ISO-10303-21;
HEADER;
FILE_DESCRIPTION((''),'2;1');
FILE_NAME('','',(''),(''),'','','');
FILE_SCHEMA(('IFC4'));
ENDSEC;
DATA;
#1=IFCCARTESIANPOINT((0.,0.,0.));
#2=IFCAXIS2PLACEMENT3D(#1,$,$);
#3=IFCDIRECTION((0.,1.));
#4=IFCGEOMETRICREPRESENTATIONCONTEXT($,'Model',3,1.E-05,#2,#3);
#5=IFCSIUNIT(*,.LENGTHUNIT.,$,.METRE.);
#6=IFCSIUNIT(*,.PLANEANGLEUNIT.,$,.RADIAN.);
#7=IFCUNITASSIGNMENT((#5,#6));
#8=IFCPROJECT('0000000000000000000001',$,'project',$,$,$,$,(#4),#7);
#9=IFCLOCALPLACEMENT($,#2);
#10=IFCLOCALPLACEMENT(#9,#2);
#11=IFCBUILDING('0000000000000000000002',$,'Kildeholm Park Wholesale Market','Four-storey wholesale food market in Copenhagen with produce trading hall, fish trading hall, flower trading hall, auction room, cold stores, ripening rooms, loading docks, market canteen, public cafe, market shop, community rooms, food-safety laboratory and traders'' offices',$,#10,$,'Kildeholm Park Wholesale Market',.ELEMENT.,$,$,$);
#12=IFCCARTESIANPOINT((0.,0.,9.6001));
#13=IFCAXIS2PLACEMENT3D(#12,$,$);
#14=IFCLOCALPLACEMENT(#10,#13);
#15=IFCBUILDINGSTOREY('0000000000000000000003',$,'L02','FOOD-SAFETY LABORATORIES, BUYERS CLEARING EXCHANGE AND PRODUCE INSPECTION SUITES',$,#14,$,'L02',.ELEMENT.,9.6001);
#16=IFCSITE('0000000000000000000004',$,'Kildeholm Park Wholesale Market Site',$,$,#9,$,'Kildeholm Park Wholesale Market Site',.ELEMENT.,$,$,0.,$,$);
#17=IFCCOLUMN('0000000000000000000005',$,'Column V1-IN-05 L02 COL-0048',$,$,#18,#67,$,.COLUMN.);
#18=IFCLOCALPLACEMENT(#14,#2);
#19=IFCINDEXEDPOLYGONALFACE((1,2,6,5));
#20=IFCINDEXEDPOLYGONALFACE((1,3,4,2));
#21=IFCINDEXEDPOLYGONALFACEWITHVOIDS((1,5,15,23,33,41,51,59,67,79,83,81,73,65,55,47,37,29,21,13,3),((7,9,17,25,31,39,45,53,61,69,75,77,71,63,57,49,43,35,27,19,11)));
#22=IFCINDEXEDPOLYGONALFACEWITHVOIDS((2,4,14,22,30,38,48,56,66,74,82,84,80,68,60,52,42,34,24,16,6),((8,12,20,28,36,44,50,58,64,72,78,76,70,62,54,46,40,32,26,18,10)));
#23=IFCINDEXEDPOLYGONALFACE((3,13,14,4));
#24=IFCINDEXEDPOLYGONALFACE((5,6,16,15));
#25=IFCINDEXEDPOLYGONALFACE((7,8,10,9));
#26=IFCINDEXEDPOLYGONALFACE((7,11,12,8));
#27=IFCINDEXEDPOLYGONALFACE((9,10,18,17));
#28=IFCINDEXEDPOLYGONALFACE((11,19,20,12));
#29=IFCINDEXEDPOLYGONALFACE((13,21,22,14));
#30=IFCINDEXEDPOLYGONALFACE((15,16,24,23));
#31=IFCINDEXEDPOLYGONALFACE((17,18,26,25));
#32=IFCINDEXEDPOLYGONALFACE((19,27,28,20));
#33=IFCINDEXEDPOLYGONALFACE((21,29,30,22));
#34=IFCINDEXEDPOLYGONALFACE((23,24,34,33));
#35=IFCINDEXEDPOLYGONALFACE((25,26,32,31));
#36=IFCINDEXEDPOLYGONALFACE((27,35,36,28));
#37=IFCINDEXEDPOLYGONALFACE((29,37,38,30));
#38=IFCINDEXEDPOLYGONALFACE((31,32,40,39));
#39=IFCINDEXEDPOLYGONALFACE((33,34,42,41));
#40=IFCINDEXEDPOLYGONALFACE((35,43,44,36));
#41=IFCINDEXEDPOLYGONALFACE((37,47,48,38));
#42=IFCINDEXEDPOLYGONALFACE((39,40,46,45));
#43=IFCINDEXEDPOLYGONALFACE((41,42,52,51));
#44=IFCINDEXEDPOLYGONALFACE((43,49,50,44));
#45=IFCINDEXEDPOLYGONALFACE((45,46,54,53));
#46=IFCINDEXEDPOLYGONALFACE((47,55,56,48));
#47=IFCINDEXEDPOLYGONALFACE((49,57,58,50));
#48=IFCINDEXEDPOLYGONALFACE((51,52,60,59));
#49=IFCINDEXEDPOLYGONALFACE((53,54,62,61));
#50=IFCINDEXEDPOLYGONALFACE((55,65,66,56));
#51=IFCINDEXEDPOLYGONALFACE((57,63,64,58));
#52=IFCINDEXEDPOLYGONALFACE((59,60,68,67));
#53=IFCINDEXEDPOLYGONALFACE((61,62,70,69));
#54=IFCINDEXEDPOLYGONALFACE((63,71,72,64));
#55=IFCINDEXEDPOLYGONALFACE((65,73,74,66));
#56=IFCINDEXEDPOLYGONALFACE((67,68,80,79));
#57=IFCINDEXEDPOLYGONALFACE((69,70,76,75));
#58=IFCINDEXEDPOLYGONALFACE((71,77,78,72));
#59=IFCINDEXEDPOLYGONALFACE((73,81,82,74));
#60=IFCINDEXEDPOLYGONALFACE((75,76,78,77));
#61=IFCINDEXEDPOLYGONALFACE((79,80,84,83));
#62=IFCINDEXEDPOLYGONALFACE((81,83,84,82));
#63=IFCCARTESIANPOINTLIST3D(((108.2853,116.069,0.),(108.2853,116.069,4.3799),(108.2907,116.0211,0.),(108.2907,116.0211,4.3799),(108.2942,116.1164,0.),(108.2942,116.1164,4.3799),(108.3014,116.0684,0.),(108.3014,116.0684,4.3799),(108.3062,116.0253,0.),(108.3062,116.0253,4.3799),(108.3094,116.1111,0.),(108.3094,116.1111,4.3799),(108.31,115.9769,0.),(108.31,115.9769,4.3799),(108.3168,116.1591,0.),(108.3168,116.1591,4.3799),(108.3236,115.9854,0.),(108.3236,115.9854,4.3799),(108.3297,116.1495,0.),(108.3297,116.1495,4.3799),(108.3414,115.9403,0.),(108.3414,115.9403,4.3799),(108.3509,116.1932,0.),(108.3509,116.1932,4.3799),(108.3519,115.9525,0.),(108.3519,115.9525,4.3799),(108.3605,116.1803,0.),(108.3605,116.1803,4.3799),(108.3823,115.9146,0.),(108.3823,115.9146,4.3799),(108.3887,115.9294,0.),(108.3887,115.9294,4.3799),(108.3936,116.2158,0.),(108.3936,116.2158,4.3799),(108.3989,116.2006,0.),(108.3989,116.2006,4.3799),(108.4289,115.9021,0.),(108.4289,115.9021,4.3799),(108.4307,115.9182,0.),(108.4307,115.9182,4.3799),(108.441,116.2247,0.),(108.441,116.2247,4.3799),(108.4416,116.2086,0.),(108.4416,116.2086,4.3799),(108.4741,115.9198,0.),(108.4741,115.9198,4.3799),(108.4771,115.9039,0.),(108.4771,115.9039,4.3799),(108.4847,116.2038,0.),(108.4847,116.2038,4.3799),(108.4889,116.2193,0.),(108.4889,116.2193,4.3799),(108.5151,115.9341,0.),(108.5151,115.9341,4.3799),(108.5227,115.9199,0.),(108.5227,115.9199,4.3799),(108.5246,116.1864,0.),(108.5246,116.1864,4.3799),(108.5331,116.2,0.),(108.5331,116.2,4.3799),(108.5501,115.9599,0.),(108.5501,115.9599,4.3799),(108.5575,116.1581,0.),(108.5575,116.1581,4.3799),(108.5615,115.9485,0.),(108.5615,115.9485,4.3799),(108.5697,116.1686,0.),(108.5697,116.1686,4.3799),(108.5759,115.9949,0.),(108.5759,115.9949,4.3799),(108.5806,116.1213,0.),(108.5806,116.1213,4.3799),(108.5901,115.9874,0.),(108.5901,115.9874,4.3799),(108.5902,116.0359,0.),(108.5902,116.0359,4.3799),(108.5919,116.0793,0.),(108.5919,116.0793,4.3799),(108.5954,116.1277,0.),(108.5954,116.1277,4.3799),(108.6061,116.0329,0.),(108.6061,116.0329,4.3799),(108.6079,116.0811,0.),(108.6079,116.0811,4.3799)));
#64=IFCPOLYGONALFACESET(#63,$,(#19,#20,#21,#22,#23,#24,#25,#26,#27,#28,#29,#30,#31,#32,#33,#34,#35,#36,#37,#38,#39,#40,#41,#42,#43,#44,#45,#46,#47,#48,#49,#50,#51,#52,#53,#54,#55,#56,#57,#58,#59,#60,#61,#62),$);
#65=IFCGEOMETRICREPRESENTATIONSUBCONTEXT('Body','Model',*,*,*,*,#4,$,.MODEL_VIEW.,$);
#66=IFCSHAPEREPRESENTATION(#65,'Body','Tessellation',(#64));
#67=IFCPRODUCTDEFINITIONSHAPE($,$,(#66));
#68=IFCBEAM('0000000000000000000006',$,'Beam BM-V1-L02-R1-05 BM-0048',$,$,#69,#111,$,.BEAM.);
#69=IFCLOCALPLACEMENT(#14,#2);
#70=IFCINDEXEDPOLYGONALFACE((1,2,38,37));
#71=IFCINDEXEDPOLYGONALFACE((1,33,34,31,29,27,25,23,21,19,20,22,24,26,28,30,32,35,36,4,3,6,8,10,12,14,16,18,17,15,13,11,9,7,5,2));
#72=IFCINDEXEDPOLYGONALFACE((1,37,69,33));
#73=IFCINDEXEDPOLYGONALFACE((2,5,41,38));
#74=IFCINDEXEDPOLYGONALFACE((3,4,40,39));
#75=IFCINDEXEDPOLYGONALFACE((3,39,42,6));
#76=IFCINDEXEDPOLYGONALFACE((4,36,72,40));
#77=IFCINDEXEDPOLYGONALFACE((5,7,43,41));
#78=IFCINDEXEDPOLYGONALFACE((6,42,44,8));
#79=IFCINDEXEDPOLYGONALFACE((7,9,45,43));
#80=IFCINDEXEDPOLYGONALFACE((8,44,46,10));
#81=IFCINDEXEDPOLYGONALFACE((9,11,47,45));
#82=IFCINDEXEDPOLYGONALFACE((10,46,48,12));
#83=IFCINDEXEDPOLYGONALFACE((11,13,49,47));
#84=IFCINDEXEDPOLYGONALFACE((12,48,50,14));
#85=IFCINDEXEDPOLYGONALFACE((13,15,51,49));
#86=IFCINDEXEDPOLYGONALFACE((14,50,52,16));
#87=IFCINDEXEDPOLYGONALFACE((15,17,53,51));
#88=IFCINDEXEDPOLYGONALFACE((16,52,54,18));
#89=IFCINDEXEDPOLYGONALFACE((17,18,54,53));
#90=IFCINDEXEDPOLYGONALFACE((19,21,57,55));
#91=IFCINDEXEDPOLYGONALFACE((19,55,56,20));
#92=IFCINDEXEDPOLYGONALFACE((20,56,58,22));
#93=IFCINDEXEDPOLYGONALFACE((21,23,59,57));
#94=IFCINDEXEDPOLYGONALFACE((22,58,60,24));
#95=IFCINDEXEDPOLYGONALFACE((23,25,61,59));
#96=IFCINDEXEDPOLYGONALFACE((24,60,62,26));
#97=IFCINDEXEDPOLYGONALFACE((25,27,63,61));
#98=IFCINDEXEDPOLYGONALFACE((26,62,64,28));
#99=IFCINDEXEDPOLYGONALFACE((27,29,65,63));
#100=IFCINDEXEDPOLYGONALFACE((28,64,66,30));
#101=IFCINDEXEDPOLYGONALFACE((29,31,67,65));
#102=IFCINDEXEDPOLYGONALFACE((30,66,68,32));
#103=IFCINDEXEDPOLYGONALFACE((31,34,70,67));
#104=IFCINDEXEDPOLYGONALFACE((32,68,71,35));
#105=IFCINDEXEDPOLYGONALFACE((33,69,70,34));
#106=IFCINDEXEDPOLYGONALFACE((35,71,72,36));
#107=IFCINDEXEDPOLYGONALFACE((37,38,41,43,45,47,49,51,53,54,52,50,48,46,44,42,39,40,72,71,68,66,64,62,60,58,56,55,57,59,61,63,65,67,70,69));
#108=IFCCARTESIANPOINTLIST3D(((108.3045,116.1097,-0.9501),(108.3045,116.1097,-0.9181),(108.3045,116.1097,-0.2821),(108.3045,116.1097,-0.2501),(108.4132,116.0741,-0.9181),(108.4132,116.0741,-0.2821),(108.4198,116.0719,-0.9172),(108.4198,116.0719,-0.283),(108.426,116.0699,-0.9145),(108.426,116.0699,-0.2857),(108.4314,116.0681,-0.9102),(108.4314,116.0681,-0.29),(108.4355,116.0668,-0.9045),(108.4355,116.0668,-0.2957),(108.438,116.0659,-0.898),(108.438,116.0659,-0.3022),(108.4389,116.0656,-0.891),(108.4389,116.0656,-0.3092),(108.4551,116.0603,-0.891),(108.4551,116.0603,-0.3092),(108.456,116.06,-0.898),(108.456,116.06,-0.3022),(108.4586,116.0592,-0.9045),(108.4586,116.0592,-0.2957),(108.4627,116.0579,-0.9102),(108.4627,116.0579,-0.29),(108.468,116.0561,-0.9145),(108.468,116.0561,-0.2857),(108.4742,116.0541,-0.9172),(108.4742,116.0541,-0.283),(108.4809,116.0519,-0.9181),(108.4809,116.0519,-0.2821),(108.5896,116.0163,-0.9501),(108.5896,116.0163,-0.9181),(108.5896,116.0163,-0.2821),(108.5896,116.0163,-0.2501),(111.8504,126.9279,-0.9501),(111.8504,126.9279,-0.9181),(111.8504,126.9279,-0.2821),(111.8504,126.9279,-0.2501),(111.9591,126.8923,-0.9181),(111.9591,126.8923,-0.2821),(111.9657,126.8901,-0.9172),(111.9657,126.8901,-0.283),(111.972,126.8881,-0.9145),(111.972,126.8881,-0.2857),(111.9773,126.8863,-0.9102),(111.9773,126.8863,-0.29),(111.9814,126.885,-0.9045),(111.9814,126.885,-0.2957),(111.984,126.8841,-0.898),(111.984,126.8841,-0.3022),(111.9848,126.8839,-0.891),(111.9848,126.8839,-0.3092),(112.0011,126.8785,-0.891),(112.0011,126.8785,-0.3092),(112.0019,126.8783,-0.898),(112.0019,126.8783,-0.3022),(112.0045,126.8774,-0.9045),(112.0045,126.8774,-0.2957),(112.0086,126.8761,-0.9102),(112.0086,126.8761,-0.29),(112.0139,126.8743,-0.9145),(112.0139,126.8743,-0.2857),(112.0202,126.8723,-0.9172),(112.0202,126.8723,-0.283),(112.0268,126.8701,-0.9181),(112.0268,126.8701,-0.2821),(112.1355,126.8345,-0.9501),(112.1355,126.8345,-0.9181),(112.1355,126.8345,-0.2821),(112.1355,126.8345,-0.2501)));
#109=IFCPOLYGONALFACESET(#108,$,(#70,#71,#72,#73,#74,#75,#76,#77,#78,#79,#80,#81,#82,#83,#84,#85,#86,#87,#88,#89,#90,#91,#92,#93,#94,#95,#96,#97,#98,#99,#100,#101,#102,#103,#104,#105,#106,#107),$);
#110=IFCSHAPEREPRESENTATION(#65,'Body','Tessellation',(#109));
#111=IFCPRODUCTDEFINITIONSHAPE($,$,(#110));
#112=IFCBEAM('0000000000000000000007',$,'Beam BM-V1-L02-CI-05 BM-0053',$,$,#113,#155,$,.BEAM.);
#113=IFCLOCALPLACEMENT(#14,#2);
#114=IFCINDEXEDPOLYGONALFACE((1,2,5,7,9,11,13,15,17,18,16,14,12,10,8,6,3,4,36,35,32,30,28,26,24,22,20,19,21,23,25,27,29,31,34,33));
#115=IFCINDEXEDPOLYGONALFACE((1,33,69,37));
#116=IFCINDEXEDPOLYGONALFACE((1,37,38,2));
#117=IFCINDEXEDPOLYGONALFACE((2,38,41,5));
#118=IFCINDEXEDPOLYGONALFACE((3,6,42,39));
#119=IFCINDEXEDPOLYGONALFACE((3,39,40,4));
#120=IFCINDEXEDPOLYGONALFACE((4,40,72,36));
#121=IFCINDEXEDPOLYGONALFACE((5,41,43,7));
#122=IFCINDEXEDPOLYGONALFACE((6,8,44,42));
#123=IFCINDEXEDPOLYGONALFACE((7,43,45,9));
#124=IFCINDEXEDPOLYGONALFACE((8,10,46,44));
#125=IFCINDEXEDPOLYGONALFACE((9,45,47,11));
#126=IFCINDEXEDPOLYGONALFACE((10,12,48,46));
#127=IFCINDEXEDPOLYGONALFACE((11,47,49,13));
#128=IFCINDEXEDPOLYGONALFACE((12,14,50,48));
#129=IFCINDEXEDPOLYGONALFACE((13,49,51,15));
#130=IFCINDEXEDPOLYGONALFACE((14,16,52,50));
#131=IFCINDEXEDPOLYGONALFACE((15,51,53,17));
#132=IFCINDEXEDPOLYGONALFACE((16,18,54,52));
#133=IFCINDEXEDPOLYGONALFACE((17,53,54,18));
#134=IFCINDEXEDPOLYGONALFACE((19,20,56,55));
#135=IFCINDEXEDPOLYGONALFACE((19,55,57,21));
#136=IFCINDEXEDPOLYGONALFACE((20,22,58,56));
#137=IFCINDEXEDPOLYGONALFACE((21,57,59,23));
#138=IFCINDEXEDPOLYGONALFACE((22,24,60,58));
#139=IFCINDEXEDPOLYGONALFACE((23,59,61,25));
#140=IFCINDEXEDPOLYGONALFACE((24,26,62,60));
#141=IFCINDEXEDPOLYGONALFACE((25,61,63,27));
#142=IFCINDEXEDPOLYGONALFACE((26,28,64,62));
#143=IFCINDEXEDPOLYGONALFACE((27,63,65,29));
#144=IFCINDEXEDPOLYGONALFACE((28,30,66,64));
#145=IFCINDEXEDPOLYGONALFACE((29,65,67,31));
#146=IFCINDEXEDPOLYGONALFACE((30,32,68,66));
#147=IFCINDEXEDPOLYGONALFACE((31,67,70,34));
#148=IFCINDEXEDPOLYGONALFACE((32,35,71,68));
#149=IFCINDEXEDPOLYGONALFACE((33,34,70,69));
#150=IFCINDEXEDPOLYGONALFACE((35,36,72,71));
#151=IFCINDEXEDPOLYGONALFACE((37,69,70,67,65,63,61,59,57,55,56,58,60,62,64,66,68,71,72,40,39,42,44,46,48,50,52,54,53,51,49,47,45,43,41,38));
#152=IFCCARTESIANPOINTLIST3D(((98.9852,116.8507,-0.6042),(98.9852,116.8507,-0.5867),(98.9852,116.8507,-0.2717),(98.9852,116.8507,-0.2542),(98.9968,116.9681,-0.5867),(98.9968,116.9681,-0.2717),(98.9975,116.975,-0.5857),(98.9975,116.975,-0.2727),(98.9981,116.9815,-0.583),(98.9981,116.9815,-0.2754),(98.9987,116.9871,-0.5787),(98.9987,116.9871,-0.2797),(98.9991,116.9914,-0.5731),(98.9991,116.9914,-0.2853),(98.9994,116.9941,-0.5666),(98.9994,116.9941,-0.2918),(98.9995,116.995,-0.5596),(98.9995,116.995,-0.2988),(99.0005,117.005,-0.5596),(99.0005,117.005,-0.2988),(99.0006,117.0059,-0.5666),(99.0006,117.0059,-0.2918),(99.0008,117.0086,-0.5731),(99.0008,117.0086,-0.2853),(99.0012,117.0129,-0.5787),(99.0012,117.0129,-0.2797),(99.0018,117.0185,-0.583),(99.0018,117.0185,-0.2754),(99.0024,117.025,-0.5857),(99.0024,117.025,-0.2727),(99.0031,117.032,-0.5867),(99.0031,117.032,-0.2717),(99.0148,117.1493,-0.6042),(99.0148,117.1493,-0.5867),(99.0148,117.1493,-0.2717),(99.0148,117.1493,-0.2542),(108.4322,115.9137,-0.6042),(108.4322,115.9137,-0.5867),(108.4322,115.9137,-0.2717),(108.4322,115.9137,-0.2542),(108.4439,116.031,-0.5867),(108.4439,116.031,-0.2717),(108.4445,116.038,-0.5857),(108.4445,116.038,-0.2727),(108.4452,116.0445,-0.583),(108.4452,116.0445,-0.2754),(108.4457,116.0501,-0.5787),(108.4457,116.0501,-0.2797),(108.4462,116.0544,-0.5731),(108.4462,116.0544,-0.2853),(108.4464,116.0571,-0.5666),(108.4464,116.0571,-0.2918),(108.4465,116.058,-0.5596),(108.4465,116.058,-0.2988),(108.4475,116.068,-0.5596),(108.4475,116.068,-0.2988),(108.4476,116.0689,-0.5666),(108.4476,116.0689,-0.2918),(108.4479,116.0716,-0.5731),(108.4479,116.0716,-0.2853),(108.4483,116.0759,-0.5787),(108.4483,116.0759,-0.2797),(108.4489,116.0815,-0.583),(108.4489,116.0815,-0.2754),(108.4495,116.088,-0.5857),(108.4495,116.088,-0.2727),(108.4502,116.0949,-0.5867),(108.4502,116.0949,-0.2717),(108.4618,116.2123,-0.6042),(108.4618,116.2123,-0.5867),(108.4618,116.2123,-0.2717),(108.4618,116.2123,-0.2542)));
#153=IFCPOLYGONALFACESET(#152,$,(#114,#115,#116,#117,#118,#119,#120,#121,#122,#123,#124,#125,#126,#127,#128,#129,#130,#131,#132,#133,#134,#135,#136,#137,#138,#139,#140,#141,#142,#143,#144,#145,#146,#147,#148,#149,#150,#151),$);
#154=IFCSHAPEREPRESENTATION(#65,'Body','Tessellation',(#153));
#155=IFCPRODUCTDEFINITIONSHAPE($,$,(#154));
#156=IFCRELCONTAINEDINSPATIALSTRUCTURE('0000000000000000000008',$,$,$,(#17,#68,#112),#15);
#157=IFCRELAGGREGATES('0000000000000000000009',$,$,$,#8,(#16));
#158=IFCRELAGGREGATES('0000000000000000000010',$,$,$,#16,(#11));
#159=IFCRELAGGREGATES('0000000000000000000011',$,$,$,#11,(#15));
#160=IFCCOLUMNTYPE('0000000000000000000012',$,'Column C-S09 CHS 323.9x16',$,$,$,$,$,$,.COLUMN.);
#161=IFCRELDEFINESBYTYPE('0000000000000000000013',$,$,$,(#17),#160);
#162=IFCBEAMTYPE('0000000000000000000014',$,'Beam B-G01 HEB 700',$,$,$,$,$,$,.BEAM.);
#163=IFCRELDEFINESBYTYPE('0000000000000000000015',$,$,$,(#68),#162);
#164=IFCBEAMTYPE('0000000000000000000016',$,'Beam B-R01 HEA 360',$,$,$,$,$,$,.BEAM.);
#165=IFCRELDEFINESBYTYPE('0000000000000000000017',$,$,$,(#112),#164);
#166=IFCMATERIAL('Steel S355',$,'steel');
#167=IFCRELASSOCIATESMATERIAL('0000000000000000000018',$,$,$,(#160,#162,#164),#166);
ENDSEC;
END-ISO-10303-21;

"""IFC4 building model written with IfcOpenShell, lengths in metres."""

from ifc_helpers import new_model, si_unit, direction, frame, origin, origin_2d, place, context, subcontext, project, spatial, hollow_circle, i_section, extrude, material, material_profile, profile_set, type_object, element, save


model = new_model("IFC4")

# Units and contexts
model_context = context("Model", 3, precision=1e-05, world=origin(), true_north=direction((0.0, 1.0)))
body_context = subcontext(model_context, "Body", "Model", "MODEL_VIEW")
ifc_project = project(units=[si_unit("LENGTHUNIT", "METRE"), si_unit("PLANEANGLEUNIT", "RADIAN")], contexts=[model_context])

# Site, building, storey
site_placement = place(None, origin())
site = spatial("IfcSite", under=ifc_project, at=site_placement, Name="Kildeholm Park Wholesale Market Site", LongName="Kildeholm Park Wholesale Market Site", CompositionType="ELEMENT", RefElevation=0.0)
building_placement = place(site_placement, origin())
building = spatial("IfcBuilding", under=site, at=building_placement, Name="Kildeholm Park Wholesale Market", Description="Four-storey wholesale food market in Copenhagen with produce trading hall, fish trading hall, flower trading hall, auction room, cold stores, ripening rooms, loading docks, market canteen, public cafe, market shop, community rooms, food-safety laboratory and traders' offices", LongName="Kildeholm Park Wholesale Market", CompositionType="ELEMENT")
storey_placement = place(building_placement, frame((0.0, 0.0, 9.6001)))
storey = spatial("IfcBuildingStorey", under=building, at=storey_placement, Name="L02", Description="FOOD-SAFETY LABORATORIES, BUYERS CLEARING EXCHANGE AND PRODUCE INSPECTION SUITES", LongName="L02", CompositionType="ELEMENT", Elevation=9.6001)

# Column
ifc_material_1 = material(Name="Steel S355", Category="steel")
ifc_material_profile_1 = material_profile(ifc_material_1, hollow_circle(Radius=0.1619, WallThickness=0.0161, at=origin_2d()), Name="CHS 323.9x16")
ifc_profile_set_1 = profile_set([ifc_material_profile_1], Name="Steel S355")
column_type = type_object("IfcColumnType", Name="Column C-S09 CHS 323.9x16", PredefinedType="COLUMN", material=ifc_profile_set_1)
column_placement = place(storey_placement, frame((108.447, 116.063, 0.0), z_axis=(0.0, 0.0, 1.0), x_axis=(0.258819, 0.965926, 0.0)))
element("IfcColumn", 1, at=column_placement, inside=storey, type_object=column_type, Name="Column V1-IN-05 L02 COL-0048", PredefinedType="COLUMN", context=body_context, shape_type="SweptSolid", body=[
    extrude(hollow_circle(Radius=0.1619, WallThickness=0.0161, at=origin_2d()), origin(), (0.0, 0.0, 1.0), 4.3799),
])

# Beams
ifc_material_profile_2 = material_profile(ifc_material_1, i_section(OverallWidth=0.3, OverallDepth=0.7, WebThickness=0.0171, FlangeThickness=0.032, FilletRadius=0.0271, at=origin_2d()), Name="HEB 700")
ifc_profile_set_2 = profile_set([ifc_material_profile_2], Name="Steel S355")
beam_type_1 = type_object("IfcBeamType", Name="Beam B-G01 HEB 700", PredefinedType="BEAM", material=ifc_profile_set_2)
beam_1_placement = place(storey_placement, frame((108.447, 116.063, -0.6001), z_axis=(0.311469, 0.950256, 0.0), x_axis=(-0.950256, 0.311469, 0.0)))
element("IfcBeam", 2, at=beam_1_placement, inside=storey, type_object=beam_type_1, Name="Beam BM-V1-L02-R1-05 BM-0048", PredefinedType="BEAM", context=body_context, shape_type="SweptSolid", body=[
    extrude(i_section(OverallWidth=0.3, OverallDepth=0.7, WebThickness=0.0171, FlangeThickness=0.032, FilletRadius=0.0271, at=origin_2d()), origin(), (0.0, 0.0, 1.0), 11.3845),
])
ifc_material_profile_3 = material_profile(ifc_material_1, i_section(OverallWidth=0.3, OverallDepth=0.3501, WebThickness=0.01, FlangeThickness=0.0176, FilletRadius=0.0271, at=origin_2d()), Name="HEA 360")
ifc_profile_set_3 = profile_set([ifc_material_profile_3], Name="Steel S355")
beam_type_2 = type_object("IfcBeamType", Name="Beam B-R01 HEA 360", PredefinedType="BEAM", material=ifc_profile_set_3)
beam_2_placement = place(storey_placement, frame((108.447, 116.063, -0.4292), z_axis=(-0.995117, 0.098702, 0.0), x_axis=(-0.098702, -0.995117, 0.0)))
element("IfcBeam", 3, at=beam_2_placement, inside=storey, type_object=beam_type_2, Name="Beam BM-V1-L02-CI-05 BM-0053", PredefinedType="BEAM", context=body_context, shape_type="SweptSolid", body=[
    extrude(i_section(OverallWidth=0.3, OverallDepth=0.3501, WebThickness=0.01, FlangeThickness=0.0176, FilletRadius=0.0271, at=origin_2d()), origin(), (0.0, 0.0, 1.0), 9.4934),
])

save(model, "model.ifc")
